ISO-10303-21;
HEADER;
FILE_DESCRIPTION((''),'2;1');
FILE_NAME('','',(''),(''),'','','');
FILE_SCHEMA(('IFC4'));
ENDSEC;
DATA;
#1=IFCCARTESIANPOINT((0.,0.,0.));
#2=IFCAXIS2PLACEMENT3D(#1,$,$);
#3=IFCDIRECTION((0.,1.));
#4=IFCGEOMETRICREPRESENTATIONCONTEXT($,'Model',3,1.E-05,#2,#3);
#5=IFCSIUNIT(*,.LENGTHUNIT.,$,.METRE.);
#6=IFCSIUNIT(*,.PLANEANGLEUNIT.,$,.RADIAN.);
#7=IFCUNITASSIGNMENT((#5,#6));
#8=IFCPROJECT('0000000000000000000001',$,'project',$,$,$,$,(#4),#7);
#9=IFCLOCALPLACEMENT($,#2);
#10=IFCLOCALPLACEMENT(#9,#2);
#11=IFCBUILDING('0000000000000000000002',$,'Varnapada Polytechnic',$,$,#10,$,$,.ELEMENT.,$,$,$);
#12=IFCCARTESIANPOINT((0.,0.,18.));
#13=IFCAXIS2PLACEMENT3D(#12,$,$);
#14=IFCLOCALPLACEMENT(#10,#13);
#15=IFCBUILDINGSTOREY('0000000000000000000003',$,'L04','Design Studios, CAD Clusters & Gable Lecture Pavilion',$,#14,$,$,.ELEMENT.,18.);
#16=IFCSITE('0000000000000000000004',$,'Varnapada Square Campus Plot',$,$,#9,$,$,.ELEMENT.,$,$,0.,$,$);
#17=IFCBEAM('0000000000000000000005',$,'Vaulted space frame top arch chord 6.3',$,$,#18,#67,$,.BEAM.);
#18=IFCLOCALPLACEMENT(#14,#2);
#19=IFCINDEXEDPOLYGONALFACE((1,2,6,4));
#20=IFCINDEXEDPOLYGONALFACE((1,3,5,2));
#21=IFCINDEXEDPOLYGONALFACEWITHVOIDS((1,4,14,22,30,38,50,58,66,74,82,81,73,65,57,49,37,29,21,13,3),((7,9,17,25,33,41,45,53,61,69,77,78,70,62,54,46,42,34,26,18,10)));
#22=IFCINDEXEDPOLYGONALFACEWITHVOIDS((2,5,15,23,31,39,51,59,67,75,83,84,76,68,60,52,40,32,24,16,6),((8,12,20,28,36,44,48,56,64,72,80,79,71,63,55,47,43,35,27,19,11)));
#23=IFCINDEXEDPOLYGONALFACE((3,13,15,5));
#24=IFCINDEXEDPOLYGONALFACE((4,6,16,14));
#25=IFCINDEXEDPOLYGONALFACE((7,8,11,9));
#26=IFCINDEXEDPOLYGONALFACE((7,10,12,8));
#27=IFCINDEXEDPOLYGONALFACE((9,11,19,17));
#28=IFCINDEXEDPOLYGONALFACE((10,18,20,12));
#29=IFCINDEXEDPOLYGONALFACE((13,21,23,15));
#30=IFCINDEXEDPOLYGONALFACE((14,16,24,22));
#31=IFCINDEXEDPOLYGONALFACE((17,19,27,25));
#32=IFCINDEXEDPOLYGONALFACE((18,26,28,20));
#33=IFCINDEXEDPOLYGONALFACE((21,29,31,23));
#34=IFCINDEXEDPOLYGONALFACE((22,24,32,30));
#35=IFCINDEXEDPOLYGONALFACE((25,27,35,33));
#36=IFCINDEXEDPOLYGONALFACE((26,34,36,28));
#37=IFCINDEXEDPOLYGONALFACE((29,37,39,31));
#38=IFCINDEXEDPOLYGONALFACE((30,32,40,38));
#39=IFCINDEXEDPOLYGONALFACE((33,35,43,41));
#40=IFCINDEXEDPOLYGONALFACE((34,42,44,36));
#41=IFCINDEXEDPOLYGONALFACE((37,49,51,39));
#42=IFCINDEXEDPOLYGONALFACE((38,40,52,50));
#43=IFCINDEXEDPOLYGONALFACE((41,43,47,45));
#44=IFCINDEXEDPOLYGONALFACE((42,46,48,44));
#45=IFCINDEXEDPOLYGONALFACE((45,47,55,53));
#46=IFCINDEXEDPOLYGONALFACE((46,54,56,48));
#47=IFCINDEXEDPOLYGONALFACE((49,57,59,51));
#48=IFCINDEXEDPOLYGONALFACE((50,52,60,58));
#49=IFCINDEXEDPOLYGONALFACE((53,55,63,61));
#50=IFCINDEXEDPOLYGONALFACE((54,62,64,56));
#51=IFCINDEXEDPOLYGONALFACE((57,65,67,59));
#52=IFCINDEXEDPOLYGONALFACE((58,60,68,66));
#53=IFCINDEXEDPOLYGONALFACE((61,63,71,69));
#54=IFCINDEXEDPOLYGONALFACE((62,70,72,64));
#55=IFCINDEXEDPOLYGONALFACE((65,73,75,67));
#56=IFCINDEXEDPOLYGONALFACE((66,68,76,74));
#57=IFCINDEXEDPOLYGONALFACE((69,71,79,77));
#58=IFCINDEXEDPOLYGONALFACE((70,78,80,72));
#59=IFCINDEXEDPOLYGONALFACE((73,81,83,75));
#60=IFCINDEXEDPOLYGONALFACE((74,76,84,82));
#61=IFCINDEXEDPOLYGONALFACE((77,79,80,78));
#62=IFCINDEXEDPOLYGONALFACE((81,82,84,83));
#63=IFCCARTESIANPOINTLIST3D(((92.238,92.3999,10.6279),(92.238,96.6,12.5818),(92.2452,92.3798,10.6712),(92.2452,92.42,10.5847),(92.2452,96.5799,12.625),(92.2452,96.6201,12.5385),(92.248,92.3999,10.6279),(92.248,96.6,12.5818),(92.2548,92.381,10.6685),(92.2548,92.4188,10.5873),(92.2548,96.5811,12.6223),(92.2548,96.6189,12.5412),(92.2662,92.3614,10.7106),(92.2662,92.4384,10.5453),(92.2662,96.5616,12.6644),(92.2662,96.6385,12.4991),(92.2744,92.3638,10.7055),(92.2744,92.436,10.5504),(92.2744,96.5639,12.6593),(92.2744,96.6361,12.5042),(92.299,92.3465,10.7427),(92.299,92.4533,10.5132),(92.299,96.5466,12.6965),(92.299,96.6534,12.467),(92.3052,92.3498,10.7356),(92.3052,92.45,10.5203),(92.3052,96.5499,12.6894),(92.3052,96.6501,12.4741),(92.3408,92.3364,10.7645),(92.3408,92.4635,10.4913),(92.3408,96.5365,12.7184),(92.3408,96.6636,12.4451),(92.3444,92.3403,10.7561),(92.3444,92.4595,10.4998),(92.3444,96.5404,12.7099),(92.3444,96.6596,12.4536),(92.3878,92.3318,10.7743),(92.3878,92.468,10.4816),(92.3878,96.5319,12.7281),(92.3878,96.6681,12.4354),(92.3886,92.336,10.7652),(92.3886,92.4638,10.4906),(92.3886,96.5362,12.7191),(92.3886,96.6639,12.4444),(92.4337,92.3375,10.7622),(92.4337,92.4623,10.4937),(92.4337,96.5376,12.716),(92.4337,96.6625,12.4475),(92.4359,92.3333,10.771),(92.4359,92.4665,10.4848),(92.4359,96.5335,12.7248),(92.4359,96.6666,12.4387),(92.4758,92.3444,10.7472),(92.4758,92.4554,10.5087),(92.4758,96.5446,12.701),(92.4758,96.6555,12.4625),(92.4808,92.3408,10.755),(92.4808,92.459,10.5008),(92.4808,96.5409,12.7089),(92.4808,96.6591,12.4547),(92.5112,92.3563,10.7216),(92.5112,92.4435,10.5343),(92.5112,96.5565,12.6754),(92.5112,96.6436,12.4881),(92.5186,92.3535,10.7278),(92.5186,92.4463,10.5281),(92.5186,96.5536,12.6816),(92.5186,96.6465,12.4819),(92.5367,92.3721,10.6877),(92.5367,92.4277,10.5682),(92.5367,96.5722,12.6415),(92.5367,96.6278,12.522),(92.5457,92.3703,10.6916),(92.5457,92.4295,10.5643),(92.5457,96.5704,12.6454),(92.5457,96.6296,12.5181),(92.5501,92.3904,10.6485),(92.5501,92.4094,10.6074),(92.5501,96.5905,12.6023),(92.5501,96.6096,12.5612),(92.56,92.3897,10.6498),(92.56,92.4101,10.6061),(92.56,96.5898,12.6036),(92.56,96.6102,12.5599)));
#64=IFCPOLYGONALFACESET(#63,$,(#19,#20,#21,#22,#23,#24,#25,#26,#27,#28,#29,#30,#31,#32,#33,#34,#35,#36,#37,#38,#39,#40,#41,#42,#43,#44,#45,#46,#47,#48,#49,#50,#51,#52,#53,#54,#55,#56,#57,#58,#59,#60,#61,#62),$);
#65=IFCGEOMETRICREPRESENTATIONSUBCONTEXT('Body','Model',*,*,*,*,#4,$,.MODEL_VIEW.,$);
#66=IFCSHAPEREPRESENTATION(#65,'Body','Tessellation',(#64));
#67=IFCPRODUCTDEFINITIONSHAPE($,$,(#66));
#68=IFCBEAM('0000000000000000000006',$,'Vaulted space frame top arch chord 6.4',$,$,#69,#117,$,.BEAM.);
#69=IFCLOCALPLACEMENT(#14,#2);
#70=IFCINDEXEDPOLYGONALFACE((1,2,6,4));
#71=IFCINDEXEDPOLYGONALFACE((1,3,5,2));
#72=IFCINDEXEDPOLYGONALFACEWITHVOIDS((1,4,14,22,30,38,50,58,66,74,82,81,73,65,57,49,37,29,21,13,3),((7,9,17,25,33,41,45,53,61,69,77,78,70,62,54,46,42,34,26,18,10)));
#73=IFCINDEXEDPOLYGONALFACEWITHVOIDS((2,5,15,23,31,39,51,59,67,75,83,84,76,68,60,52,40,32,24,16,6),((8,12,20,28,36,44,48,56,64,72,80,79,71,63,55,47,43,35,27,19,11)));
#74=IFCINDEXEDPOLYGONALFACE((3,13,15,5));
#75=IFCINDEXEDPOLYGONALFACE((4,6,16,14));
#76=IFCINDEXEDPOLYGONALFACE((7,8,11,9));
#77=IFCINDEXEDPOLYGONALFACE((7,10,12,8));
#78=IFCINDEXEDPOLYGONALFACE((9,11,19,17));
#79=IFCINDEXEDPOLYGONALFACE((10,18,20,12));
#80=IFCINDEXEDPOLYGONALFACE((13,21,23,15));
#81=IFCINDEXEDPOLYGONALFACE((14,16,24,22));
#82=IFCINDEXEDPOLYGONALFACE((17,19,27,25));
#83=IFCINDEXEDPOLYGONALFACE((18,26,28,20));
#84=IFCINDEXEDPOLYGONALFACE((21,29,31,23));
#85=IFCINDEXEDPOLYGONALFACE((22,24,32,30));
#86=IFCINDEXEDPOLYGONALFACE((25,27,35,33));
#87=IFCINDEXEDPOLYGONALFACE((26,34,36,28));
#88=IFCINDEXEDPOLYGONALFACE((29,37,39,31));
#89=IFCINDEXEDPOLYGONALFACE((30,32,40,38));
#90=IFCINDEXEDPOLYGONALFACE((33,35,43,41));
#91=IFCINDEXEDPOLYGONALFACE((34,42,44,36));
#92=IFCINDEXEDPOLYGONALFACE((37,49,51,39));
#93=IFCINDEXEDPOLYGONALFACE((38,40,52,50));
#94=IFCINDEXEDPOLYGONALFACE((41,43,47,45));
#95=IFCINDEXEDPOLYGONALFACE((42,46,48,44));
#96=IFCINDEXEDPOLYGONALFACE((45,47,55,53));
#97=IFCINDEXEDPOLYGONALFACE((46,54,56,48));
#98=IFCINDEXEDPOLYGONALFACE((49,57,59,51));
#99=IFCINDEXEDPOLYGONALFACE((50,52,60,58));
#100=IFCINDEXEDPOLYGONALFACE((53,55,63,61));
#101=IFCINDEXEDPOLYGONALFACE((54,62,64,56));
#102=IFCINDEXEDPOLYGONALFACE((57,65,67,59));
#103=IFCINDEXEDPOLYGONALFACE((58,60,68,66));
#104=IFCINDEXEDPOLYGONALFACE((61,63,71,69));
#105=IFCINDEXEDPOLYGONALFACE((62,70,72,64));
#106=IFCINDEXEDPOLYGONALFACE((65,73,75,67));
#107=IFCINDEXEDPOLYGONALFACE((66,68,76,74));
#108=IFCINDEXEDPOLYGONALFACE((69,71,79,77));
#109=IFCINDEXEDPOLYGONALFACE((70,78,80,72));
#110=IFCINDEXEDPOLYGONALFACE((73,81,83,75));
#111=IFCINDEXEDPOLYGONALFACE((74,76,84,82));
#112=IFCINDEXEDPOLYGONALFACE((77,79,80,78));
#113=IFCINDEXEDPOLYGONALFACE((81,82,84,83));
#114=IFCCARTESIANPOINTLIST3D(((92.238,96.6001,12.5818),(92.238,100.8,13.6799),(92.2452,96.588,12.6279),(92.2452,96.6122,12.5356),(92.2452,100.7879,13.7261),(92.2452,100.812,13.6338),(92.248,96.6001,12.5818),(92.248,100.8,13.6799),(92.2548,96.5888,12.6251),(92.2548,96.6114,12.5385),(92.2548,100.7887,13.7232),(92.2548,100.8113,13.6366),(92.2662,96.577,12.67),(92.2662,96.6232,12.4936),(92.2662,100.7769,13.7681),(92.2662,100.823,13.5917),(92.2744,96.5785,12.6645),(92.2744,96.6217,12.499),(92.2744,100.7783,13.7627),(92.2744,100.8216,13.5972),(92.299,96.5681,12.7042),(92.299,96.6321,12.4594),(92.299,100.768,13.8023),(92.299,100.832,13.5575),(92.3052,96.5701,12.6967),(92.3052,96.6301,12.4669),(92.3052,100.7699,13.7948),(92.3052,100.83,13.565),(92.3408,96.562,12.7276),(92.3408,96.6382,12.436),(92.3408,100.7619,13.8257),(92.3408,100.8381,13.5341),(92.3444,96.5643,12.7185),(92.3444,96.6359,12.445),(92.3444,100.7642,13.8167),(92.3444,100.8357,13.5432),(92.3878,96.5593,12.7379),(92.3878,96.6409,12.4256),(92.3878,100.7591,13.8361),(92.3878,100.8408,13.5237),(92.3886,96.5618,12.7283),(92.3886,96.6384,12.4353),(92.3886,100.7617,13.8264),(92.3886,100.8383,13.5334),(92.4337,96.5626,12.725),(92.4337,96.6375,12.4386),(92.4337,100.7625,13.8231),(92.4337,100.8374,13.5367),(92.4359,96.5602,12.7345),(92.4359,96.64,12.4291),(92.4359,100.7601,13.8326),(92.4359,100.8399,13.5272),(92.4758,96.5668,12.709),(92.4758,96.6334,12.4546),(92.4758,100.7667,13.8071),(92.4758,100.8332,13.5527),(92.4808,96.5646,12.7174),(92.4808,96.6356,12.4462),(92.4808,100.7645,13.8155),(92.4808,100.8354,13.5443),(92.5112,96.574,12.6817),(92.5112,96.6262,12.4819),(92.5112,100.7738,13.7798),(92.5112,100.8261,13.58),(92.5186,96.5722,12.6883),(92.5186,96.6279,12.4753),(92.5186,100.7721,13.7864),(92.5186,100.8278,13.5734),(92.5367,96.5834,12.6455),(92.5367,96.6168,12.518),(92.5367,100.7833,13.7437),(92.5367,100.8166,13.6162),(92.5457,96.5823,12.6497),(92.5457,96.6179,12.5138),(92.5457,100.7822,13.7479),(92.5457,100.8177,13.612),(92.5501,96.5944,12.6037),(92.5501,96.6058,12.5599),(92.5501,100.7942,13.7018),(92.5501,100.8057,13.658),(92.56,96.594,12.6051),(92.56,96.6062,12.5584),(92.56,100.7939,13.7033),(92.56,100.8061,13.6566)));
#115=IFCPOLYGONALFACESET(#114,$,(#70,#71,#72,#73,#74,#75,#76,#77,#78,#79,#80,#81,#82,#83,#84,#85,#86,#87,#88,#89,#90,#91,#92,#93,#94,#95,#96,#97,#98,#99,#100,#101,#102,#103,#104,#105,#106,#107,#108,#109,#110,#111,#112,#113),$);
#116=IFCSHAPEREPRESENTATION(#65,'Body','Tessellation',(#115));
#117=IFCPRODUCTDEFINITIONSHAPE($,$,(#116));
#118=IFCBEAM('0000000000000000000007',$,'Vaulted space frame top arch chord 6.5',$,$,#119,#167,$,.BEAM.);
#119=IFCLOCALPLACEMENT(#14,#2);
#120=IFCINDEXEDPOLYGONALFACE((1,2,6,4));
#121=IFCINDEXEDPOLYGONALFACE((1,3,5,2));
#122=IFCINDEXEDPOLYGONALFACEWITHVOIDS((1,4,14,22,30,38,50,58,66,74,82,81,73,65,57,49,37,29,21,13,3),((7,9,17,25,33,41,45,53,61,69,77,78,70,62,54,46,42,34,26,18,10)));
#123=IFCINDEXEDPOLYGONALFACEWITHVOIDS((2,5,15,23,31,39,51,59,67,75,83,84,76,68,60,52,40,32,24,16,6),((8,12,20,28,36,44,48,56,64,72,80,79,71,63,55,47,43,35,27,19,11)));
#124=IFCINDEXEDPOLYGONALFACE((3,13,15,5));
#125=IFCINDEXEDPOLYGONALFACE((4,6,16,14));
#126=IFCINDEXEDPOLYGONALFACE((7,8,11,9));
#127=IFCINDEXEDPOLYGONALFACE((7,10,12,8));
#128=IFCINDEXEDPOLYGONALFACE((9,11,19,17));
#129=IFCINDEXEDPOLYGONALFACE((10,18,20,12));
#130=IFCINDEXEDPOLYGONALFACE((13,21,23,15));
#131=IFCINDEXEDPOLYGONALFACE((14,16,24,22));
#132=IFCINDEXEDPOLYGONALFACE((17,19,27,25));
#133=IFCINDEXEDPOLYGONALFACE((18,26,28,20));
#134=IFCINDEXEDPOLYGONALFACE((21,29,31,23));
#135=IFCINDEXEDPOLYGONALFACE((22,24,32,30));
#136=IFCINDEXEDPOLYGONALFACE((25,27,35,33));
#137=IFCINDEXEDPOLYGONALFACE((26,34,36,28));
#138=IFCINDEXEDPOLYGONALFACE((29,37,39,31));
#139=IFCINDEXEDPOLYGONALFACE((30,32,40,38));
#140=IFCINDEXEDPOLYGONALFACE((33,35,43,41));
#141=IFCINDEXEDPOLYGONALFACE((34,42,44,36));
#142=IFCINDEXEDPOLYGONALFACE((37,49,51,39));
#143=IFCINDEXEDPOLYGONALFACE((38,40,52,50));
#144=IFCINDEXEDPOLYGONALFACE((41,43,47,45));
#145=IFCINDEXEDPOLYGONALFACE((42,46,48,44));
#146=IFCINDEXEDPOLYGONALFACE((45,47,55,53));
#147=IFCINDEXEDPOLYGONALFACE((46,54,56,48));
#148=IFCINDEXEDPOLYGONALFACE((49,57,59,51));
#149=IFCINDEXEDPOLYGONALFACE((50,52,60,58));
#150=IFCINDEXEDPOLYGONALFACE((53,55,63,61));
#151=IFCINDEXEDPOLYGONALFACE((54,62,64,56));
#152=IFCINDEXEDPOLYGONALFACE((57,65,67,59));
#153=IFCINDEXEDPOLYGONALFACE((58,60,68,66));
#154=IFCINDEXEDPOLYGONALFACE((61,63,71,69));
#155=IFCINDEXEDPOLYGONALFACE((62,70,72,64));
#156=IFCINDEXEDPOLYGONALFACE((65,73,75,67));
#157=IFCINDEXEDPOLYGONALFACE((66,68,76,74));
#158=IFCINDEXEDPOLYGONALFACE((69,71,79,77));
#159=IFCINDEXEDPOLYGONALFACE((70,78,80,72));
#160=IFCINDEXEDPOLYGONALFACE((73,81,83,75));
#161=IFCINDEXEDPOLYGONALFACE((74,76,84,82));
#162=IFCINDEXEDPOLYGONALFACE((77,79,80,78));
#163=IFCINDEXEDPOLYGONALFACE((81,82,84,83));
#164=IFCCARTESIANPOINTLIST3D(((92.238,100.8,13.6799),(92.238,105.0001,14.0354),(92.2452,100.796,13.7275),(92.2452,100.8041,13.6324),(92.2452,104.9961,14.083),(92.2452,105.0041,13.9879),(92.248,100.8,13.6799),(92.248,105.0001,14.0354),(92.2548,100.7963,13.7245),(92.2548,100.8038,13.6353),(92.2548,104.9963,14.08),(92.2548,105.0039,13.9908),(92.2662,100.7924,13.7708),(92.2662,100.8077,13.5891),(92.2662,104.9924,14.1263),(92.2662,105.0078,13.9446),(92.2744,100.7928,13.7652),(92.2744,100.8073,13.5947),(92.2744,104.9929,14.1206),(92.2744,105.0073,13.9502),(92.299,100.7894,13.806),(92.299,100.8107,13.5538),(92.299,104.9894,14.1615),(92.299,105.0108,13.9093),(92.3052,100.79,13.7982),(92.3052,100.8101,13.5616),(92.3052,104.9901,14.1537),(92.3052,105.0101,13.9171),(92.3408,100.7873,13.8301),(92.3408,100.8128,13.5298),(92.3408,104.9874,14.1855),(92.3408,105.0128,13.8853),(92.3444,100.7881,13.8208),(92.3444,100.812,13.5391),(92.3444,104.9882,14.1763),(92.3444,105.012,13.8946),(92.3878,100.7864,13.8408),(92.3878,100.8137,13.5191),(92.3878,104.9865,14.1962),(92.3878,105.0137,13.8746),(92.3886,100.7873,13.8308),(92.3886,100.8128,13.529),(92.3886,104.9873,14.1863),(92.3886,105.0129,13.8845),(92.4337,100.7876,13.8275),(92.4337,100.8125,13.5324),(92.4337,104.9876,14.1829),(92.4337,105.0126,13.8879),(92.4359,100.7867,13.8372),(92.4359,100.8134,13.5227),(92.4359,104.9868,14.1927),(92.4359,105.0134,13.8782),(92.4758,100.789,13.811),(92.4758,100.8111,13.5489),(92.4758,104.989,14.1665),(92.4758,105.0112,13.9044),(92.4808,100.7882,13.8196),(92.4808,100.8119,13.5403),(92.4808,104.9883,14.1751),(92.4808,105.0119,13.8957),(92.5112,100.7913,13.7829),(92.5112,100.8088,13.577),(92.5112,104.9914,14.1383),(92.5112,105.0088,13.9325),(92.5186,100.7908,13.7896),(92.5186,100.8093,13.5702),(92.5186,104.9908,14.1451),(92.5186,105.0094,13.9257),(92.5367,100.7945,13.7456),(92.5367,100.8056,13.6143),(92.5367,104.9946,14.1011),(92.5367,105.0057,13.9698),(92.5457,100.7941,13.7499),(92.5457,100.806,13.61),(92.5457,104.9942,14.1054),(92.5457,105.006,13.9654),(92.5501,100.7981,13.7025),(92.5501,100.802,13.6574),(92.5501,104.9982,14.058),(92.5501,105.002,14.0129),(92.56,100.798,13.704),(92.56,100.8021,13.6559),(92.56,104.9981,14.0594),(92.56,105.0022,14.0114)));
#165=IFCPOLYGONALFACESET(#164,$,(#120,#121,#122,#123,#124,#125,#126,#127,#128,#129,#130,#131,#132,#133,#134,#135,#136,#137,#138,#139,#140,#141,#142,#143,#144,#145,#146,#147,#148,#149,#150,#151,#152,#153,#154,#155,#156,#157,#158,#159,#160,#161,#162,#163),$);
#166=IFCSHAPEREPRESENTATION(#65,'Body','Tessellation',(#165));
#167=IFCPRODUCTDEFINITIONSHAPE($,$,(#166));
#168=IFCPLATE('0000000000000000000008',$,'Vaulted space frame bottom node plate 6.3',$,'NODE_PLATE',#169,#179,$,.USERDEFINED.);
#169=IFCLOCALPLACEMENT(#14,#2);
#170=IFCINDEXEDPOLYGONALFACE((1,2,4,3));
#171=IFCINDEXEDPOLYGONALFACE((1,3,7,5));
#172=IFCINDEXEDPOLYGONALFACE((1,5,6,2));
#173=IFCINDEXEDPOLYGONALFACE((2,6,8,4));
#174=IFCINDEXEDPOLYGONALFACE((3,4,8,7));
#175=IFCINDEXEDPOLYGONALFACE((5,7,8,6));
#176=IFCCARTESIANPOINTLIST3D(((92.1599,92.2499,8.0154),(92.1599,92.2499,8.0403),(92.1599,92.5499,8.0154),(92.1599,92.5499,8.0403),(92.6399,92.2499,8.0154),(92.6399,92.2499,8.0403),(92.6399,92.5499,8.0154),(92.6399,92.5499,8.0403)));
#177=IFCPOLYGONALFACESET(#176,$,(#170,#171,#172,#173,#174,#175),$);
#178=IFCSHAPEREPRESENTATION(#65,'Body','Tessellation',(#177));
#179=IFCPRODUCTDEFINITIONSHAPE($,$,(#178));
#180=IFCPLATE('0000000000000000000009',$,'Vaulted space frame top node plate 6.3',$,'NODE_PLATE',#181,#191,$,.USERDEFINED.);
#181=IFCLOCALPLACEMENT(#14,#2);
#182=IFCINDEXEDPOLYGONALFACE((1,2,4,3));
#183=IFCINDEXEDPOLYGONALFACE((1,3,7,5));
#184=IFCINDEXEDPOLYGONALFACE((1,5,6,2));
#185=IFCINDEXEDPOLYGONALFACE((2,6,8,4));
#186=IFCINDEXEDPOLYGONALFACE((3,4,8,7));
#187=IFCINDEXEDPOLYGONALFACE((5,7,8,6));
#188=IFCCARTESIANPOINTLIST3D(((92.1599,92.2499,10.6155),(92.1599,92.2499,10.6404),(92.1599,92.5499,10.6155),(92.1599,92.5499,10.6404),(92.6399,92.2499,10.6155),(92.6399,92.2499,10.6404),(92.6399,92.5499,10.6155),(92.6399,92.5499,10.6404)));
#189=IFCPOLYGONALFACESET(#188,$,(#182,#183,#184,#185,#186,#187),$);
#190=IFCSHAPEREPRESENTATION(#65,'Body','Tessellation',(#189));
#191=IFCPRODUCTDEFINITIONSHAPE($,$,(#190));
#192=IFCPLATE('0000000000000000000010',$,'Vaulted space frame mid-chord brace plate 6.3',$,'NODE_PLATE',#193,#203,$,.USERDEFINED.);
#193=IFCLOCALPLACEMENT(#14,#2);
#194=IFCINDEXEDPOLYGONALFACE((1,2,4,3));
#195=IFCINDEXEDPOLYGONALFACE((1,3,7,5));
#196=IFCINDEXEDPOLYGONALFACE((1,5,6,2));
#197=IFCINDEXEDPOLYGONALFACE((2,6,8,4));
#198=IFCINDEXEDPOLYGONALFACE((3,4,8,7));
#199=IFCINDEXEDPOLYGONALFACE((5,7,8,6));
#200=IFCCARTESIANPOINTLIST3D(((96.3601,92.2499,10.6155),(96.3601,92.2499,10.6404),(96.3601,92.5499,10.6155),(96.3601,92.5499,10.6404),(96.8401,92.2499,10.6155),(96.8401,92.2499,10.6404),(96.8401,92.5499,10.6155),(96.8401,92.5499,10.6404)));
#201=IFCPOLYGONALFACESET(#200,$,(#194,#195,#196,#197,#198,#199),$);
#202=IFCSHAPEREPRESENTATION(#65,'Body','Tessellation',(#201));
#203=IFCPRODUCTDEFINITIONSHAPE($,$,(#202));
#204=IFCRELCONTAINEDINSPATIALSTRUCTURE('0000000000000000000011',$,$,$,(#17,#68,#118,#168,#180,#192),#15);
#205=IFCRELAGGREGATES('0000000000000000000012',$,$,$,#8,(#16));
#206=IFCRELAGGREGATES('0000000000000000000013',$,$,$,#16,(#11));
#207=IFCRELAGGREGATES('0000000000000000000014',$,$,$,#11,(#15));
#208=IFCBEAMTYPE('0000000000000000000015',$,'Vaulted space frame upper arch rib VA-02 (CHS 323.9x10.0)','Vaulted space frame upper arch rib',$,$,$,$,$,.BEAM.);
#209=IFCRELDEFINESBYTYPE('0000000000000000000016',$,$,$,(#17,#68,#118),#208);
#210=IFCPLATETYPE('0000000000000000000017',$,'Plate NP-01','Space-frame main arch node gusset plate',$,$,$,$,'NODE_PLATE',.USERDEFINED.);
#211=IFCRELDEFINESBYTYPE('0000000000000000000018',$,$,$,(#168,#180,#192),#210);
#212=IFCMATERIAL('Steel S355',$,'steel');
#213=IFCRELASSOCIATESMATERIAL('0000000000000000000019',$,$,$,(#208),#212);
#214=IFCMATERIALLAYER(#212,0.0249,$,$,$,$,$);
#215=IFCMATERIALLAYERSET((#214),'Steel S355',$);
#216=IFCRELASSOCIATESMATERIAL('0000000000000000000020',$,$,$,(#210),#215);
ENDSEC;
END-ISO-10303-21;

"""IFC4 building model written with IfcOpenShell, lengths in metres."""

from ifc_helpers import new_model, si_unit, direction, frame, origin, origin_2d, place, context, subcontext, project, spatial, rectangle, hollow_circle, extrude, material, layer, layer_set, material_profile, profile_set, type_object, element, save


model = new_model("IFC4")

# Units and contexts
model_context = context("Model", 3, precision=1e-05, world=origin(), true_north=direction((0.0, 1.0)))
body_context = subcontext(model_context, "Body", "Model", "MODEL_VIEW")
ifc_project = project(units=[si_unit("LENGTHUNIT", "METRE"), si_unit("PLANEANGLEUNIT", "RADIAN")], contexts=[model_context])

# Site, building, storey
site_placement = place(None, origin())
site = spatial("IfcSite", under=ifc_project, at=site_placement, Name="Varnapada Square Campus Plot", CompositionType="ELEMENT", RefElevation=0.0)
building_placement = place(site_placement, origin())
building = spatial("IfcBuilding", under=site, at=building_placement, Name="Varnapada Polytechnic", CompositionType="ELEMENT")
storey_placement = place(building_placement, frame((0.0, 0.0, 18.0)))
storey = spatial("IfcBuildingStorey", under=building, at=storey_placement, Name="L04", Description="Design Studios, CAD Clusters & Gable Lecture Pavilion", CompositionType="ELEMENT", Elevation=18.0)

# Shared definitions
ifc_material = material(Name="Steel S355", Category="steel")

# Beams
ifc_material_profile_1 = material_profile(ifc_material, hollow_circle(Radius=0.1619, WallThickness=0.01, at=origin_2d()), Name="CHS 323.9x10.0")
ifc_profile_set_1 = profile_set([ifc_material_profile_1], Name="Steel S355")
beam_type_1 = type_object("IfcBeamType", Name="Vaulted space frame upper arch rib VA-02 (CHS 323.9x10.0)", Description="Vaulted space frame upper arch rib", PredefinedType="BEAM", material=ifc_profile_set_1)
beam_1_placement = place(storey_placement, frame((92.3999, 92.3999, 10.6279), z_axis=(0.0, 0.906698, 0.42178), x_axis=(-1.0, 0.0, 0.0)))
element("IfcBeam", 1, at=beam_1_placement, inside=storey, type_object=beam_type_1, Name="Vaulted space frame top arch chord 6.3", PredefinedType="BEAM", context=body_context, shape_type="SweptSolid", body=[
    extrude(hollow_circle(Radius=0.1619, WallThickness=0.01, at=origin_2d()), origin(), (0.0, 0.0, 1.0), 4.6323),
])
beam_2_placement = place(storey_placement, frame((92.3999, 96.6001, 12.5818), z_axis=(0.0, 0.967476, 0.252962), x_axis=(-1.0, 0.0, 0.0)))
element("IfcBeam", 2, at=beam_2_placement, inside=storey, type_object=beam_type_1, Name="Vaulted space frame top arch chord 6.4", PredefinedType="BEAM", context=body_context, shape_type="SweptSolid", body=[
    extrude(hollow_circle(Radius=0.1619, WallThickness=0.01, at=origin_2d()), origin(), (0.0, 0.0, 1.0), 4.3411),
])
beam_3_placement = place(storey_placement, frame((92.3999, 100.8, 13.6799), z_axis=(0.0, 0.996437, 0.084335), x_axis=(-1.0, 0.0, 0.0)))
element("IfcBeam", 3, at=beam_3_placement, inside=storey, type_object=beam_type_1, Name="Vaulted space frame top arch chord 6.5", PredefinedType="BEAM", context=body_context, shape_type="SweptSolid", body=[
    extrude(hollow_circle(Radius=0.1619, WallThickness=0.01, at=origin_2d()), origin(), (0.0, 0.0, 1.0), 4.2151),
])

# Plates
ifc_layer_1 = layer(ifc_material, 0.0249)
ifc_layer_set_1 = layer_set([ifc_layer_1], Name="Steel S355")
plate_type = type_object("IfcPlateType", Name="Plate NP-01", Description="Space-frame main arch node gusset plate", ElementType="NODE_PLATE", PredefinedType="USERDEFINED", material=ifc_layer_set_1)
for number, where, z_axis, x_axis, name in (
    (4, (92.3999, 92.3999, 8.0154), (0.0, 0.0, 1.0), (1.0, 0.0, 0.0), "Vaulted space frame bottom node plate 6.3"),
    (5, (92.3999, 92.3999, 10.6155), (0.0, 0.0, 1.0), (1.0, 0.0, 0.0), "Vaulted space frame top node plate 6.3"),
    (6, (96.6001, 92.3999, 10.6155), (0.0, 0.0, 1.0), (1.0, 0.0, 0.0), "Vaulted space frame mid-chord brace plate 6.3"),
):
    element("IfcPlate", number, at=place(storey_placement, frame(where, z_axis=z_axis, x_axis=x_axis)), inside=storey, type_object=plate_type, Name=name, ObjectType="NODE_PLATE", PredefinedType="USERDEFINED", context=body_context, shape_type="SweptSolid", body=[
        extrude(rectangle(XDim=0.48, YDim=0.3, at=origin_2d()), origin(), (0.0, 0.0, 1.0), 0.0249),
    ])

save(model, "model.ifc")
